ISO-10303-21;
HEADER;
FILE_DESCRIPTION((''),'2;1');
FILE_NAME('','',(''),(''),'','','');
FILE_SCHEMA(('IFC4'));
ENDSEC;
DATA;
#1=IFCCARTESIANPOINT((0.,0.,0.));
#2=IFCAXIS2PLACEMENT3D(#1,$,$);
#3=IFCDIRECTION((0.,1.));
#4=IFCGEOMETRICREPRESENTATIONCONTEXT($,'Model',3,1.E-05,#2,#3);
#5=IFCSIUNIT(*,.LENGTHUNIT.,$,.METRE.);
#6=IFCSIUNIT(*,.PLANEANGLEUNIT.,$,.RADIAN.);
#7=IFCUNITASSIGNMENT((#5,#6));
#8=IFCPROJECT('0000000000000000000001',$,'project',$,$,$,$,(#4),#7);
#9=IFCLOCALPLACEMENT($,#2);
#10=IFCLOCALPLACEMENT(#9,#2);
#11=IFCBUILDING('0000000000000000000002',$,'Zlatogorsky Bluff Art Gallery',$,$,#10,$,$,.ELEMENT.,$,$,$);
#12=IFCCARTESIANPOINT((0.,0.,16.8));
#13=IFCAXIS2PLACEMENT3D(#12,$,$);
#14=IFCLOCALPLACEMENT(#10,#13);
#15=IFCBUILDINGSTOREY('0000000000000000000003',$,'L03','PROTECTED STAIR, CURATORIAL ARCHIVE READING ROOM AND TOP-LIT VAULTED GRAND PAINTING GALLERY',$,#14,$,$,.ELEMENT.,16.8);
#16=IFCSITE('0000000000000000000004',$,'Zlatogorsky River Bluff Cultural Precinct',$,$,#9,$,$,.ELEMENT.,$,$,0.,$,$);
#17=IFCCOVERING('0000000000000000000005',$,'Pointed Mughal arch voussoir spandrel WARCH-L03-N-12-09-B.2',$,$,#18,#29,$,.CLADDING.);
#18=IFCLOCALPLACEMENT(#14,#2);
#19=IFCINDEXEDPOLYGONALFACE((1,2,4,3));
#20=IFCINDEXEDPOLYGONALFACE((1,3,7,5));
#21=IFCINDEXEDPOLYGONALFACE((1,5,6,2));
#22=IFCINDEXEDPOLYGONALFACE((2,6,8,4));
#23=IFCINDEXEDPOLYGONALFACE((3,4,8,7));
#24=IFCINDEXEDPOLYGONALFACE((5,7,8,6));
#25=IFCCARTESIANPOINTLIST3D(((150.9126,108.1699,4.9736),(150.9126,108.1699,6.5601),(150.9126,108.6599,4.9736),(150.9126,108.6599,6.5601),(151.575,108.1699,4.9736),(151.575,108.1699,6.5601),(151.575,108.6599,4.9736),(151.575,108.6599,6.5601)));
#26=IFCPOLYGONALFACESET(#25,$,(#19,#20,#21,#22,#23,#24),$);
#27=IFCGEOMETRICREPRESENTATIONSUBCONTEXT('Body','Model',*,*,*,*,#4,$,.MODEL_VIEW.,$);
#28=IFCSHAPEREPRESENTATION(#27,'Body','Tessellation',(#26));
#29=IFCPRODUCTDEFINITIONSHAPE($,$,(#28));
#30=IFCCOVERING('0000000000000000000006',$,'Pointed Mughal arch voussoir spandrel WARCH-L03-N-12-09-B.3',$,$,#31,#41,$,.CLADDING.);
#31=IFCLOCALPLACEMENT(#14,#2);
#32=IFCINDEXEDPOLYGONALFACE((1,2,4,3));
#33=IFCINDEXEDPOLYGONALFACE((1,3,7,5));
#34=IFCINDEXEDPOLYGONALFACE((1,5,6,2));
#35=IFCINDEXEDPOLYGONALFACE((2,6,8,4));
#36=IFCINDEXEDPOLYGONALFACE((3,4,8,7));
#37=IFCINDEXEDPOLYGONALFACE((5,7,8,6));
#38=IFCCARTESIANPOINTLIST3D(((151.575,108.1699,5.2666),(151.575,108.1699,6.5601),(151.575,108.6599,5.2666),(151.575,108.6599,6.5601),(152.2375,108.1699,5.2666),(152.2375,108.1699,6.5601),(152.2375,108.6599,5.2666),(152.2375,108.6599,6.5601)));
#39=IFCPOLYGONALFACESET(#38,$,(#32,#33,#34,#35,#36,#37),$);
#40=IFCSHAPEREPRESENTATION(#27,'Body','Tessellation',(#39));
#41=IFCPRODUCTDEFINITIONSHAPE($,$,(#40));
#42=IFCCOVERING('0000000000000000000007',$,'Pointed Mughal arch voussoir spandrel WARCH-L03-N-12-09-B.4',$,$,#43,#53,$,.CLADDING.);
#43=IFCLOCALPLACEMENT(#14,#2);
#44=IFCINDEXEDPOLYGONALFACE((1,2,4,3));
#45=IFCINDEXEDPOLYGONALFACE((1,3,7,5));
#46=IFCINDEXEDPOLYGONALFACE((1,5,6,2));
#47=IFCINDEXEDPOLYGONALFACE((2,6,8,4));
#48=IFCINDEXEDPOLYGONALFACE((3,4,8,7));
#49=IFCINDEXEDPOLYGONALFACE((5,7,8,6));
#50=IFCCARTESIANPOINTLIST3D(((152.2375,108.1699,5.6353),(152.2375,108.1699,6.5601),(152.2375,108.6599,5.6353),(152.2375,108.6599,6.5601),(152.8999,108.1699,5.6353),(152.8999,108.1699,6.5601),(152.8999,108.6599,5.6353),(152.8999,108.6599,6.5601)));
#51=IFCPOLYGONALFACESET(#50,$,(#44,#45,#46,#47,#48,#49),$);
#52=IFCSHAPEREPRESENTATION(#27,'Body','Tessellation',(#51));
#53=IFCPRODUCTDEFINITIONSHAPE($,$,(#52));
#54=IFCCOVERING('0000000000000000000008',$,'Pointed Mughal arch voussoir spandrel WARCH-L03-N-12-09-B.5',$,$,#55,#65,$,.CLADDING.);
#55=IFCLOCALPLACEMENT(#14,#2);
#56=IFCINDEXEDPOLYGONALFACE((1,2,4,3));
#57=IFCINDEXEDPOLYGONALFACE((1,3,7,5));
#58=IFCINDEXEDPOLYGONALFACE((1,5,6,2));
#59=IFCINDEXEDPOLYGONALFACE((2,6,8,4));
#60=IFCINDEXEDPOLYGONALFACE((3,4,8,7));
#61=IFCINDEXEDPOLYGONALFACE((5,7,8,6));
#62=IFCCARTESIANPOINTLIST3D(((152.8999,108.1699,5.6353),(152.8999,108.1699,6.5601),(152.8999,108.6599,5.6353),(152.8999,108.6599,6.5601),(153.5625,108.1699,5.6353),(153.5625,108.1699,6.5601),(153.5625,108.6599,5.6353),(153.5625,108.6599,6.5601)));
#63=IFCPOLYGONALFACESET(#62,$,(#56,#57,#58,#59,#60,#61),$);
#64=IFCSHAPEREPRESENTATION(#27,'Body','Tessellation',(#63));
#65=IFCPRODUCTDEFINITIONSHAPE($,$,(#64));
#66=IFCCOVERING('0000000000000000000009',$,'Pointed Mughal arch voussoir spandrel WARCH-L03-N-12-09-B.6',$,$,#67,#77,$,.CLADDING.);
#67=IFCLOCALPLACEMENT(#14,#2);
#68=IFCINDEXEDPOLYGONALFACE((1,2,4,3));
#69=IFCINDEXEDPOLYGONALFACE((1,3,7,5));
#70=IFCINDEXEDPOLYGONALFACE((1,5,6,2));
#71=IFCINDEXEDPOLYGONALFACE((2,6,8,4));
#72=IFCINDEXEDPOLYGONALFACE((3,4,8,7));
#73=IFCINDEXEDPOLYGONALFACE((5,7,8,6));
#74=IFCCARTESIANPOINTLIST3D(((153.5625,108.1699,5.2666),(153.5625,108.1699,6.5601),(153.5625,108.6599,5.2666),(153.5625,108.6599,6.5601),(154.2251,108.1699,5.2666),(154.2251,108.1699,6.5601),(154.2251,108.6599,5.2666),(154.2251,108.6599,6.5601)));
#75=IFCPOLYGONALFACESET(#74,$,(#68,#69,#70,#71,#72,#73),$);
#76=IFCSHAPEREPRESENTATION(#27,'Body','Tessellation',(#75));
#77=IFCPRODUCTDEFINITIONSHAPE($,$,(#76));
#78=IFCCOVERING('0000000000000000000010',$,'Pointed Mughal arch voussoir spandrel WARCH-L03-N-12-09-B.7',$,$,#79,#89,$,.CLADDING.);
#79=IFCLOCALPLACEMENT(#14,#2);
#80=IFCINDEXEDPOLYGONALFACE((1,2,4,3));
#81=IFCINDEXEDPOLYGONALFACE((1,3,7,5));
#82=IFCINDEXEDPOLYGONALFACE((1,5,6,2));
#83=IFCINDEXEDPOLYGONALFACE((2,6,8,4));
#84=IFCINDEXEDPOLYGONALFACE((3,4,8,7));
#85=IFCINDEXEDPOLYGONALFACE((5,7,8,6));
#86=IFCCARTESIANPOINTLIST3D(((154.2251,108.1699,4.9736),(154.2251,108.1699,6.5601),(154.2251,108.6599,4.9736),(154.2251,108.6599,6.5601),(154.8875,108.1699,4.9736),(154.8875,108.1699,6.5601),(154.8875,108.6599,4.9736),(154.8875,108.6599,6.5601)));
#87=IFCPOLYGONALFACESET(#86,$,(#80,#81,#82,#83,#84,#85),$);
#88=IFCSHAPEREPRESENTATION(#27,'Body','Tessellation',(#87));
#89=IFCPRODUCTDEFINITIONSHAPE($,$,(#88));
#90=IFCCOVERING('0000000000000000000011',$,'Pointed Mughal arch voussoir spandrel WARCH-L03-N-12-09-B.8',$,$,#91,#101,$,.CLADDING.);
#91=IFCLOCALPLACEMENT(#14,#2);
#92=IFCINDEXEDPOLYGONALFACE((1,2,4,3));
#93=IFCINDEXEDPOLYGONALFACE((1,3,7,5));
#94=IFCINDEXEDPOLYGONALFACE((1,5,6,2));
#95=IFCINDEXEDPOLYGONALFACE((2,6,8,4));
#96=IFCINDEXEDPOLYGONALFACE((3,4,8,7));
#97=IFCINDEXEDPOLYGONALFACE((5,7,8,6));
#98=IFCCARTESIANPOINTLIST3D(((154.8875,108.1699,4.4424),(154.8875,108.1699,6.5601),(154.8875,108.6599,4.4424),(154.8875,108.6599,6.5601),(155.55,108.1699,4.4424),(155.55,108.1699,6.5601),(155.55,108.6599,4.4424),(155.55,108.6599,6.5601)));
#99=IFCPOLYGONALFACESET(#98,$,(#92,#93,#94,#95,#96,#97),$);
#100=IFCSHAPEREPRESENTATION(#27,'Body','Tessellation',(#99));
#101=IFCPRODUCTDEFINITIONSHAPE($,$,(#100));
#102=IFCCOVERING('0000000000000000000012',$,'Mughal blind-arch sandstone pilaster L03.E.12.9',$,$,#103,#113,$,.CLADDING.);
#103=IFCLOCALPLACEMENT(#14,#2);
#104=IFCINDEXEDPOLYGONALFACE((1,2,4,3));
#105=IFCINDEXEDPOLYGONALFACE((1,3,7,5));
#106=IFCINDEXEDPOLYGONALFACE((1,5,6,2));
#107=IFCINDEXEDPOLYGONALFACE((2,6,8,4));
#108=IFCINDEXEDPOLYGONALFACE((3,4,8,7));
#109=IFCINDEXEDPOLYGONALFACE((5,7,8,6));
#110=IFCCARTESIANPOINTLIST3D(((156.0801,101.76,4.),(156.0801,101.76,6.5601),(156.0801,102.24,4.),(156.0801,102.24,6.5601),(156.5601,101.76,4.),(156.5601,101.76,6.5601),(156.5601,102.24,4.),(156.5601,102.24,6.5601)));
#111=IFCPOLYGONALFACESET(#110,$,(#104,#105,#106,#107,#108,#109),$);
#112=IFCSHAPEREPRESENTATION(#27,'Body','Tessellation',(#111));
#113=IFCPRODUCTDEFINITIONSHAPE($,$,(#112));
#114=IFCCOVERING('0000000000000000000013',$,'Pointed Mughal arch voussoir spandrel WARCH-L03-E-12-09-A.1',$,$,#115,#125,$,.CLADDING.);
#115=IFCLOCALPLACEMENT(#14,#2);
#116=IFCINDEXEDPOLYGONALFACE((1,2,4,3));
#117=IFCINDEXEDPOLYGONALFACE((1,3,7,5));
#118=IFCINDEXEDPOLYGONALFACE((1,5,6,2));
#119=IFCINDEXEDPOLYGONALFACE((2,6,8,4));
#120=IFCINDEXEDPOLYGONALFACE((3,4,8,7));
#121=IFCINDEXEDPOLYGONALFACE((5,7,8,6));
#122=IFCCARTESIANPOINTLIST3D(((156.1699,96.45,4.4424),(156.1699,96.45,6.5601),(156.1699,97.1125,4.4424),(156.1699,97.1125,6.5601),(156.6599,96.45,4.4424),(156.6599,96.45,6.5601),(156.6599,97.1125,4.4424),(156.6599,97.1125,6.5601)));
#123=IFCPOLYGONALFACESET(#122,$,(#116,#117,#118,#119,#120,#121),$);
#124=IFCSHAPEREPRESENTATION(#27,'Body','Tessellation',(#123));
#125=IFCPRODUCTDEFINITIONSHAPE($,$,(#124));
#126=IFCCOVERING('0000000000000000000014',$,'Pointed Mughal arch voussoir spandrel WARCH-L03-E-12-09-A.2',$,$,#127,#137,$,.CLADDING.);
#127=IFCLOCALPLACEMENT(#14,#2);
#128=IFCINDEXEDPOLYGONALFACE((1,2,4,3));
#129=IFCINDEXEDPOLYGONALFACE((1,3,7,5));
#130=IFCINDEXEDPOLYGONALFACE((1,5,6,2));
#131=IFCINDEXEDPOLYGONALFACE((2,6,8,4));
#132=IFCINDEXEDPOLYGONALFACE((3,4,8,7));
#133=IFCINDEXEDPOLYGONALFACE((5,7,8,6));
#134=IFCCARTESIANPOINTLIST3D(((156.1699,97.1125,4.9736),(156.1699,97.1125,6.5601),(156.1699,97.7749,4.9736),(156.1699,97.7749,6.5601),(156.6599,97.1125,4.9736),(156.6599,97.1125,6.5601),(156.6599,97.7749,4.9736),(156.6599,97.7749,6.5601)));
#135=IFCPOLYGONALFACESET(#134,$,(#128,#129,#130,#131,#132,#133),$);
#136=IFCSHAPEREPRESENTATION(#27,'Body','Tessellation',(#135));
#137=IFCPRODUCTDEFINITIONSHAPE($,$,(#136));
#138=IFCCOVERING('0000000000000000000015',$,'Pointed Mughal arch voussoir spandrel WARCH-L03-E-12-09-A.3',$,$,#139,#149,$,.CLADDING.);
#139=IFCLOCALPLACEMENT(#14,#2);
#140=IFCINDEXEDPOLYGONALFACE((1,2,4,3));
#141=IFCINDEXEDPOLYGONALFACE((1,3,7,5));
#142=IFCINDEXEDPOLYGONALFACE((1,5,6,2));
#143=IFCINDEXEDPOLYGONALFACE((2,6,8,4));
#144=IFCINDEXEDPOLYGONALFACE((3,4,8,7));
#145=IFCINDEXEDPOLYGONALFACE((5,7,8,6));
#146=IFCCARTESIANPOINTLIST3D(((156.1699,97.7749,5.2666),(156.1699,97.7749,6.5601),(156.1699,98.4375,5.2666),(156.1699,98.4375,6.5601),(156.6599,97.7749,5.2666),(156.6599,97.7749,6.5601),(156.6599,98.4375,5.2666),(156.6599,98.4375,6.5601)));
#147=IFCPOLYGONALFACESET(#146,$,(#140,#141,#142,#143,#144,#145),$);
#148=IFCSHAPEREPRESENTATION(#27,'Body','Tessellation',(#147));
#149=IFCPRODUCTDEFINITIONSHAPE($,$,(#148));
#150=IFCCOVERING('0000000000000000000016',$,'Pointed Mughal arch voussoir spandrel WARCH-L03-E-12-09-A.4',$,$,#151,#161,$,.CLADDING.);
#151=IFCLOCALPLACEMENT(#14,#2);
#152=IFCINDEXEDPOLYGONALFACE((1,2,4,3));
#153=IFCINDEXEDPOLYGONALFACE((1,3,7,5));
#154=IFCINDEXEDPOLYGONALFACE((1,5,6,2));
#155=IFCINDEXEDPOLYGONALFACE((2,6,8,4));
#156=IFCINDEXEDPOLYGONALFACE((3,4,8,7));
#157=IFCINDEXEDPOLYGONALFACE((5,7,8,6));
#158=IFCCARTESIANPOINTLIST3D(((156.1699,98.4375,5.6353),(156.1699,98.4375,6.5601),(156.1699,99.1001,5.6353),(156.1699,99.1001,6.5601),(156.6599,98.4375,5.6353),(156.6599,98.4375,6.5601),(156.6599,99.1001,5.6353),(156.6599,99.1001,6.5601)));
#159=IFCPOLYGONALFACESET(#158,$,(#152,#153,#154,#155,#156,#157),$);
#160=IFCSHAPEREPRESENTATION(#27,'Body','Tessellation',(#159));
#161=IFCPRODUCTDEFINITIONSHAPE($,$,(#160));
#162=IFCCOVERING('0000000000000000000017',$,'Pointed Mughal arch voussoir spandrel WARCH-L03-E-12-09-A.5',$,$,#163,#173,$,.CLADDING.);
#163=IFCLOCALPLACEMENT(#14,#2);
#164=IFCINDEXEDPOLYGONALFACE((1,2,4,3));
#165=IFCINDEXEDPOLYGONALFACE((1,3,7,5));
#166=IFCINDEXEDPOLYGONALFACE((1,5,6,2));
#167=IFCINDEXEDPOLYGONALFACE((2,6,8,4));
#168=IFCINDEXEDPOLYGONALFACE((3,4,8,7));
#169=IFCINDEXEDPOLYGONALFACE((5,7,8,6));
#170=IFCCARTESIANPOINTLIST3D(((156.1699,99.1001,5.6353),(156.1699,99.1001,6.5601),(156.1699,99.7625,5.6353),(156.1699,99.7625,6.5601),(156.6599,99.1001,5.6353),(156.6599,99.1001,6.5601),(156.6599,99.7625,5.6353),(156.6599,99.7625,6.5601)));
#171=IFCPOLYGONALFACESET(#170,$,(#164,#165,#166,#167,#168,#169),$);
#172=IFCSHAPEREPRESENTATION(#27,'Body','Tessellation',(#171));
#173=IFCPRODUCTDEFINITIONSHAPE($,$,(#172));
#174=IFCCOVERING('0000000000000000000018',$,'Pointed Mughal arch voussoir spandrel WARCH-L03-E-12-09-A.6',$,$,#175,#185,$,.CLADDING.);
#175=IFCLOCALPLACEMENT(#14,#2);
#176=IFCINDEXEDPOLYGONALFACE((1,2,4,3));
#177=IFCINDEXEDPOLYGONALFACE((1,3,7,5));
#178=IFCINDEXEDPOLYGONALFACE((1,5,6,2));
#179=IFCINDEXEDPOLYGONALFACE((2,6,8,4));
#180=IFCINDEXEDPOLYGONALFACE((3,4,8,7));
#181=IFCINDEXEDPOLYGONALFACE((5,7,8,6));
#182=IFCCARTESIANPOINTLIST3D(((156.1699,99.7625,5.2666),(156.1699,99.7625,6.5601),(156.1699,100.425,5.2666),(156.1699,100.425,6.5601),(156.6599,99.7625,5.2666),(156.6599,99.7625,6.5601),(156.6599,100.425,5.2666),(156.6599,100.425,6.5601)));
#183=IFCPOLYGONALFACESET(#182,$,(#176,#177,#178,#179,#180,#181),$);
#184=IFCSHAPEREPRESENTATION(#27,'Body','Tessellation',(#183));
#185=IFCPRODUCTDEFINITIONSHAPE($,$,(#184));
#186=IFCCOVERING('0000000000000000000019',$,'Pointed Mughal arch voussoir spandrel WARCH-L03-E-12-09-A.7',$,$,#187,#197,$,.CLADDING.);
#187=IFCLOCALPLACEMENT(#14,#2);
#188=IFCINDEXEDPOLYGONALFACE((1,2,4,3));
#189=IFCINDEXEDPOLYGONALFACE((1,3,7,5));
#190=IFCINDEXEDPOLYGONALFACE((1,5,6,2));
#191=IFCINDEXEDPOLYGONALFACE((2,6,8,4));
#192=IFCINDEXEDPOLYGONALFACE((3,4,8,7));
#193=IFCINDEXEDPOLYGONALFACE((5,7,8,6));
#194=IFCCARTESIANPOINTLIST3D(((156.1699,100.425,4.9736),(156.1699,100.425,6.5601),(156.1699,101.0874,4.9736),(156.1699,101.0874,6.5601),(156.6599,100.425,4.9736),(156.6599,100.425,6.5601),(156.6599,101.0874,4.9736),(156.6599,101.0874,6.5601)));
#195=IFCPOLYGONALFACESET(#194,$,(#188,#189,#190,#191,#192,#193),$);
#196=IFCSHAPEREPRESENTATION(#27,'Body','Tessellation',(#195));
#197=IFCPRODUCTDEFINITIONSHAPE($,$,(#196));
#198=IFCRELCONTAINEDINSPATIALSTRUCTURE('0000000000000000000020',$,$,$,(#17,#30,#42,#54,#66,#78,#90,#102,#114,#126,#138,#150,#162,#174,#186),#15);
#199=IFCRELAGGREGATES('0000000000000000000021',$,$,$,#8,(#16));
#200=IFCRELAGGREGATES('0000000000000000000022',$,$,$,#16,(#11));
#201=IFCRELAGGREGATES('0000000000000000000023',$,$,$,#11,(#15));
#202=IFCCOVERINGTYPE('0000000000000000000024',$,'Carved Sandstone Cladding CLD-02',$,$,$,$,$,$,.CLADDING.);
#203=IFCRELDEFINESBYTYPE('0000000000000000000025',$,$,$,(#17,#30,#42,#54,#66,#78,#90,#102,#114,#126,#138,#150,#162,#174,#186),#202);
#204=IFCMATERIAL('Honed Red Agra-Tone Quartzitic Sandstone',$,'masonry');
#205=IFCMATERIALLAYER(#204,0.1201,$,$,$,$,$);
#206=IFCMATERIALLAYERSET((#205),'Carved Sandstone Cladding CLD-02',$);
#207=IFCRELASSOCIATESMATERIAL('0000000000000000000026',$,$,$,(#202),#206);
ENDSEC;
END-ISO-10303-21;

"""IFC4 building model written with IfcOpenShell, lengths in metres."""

from ifc_helpers import new_model, si_unit, direction, frame, origin, place, context, subcontext, project, spatial, polyline, outline, extrude, material, layer, layer_set, type_object, element, save


model = new_model("IFC4")

# Units and contexts
model_context = context("Model", 3, precision=1e-05, world=origin(), true_north=direction((0.0, 1.0)))
body_context = subcontext(model_context, "Body", "Model", "MODEL_VIEW")
ifc_project = project(units=[si_unit("LENGTHUNIT", "METRE"), si_unit("PLANEANGLEUNIT", "RADIAN")], contexts=[model_context])

# Site, building, storey
site_placement = place(None, origin())
site = spatial("IfcSite", under=ifc_project, at=site_placement, Name="Zlatogorsky River Bluff Cultural Precinct", CompositionType="ELEMENT", RefElevation=0.0)
building_placement = place(site_placement, origin())
building = spatial("IfcBuilding", under=site, at=building_placement, Name="Zlatogorsky Bluff Art Gallery", CompositionType="ELEMENT")
storey_placement = place(building_placement, frame((0.0, 0.0, 16.8)))
storey = spatial("IfcBuildingStorey", under=building, at=storey_placement, Name="L03", Description="PROTECTED STAIR, CURATORIAL ARCHIVE READING ROOM AND TOP-LIT VAULTED GRAND PAINTING GALLERY", CompositionType="ELEMENT", Elevation=16.8)

# Coverings
ifc_material = material(Name="Honed Red Agra-Tone Quartzitic Sandstone", Category="masonry")
ifc_layer = layer(ifc_material, 0.1201)
ifc_layer_set = layer_set([ifc_layer], Name="Carved Sandstone Cladding CLD-02")
covering_type = type_object("IfcCoveringType", Name="Carved Sandstone Cladding CLD-02", PredefinedType="CLADDING", material=ifc_layer_set)
covering_1_placement = place(storey_placement, frame((0.0, 0.0, 4.9736)))
element("IfcCovering", 1, at=covering_1_placement, inside=storey, type_object=covering_type, Name="Pointed Mughal arch voussoir spandrel WARCH-L03-N-12-09-B.2", PredefinedType="CLADDING", context=body_context, shape_type="SweptSolid", body=[
    extrude(outline(polyline([(150.9126, 108.1699), (151.575, 108.1699), (151.575, 108.6599), (150.9126, 108.6599), (150.9126, 108.1699)])), origin(), (0.0, 0.0, 1.0), 1.5864),
])
covering_2_placement = place(storey_placement, frame((0.0, 0.0, 5.2666)))
element("IfcCovering", 2, at=covering_2_placement, inside=storey, type_object=covering_type, Name="Pointed Mughal arch voussoir spandrel WARCH-L03-N-12-09-B.3", PredefinedType="CLADDING", context=body_context, shape_type="SweptSolid", body=[
    extrude(outline(polyline([(151.575, 108.1699), (152.2375, 108.1699), (152.2375, 108.6599), (151.575, 108.6599), (151.575, 108.1699)])), origin(), (0.0, 0.0, 1.0), 1.2935),
])
covering_3_placement = place(storey_placement, frame((0.0, 0.0, 5.6353)))
element("IfcCovering", 3, at=covering_3_placement, inside=storey, type_object=covering_type, Name="Pointed Mughal arch voussoir spandrel WARCH-L03-N-12-09-B.4", PredefinedType="CLADDING", context=body_context, shape_type="SweptSolid", body=[
    extrude(outline(polyline([(152.2375, 108.1699), (152.8999, 108.1699), (152.8999, 108.6599), (152.2375, 108.6599), (152.2375, 108.1699)])), origin(), (0.0, 0.0, 1.0), 0.9248),
])
covering_4_placement = place(storey_placement, frame((0.0, 0.0, 5.6353)))
element("IfcCovering", 4, at=covering_4_placement, inside=storey, type_object=covering_type, Name="Pointed Mughal arch voussoir spandrel WARCH-L03-N-12-09-B.5", PredefinedType="CLADDING", context=body_context, shape_type="SweptSolid", body=[
    extrude(outline(polyline([(152.8999, 108.1699), (153.5625, 108.1699), (153.5625, 108.6599), (152.8999, 108.6599), (152.8999, 108.1699)])), origin(), (0.0, 0.0, 1.0), 0.9248),
])
covering_5_placement = place(storey_placement, frame((0.0, 0.0, 5.2666)))
element("IfcCovering", 5, at=covering_5_placement, inside=storey, type_object=covering_type, Name="Pointed Mughal arch voussoir spandrel WARCH-L03-N-12-09-B.6", PredefinedType="CLADDING", context=body_context, shape_type="SweptSolid", body=[
    extrude(outline(polyline([(153.5625, 108.1699), (154.2251, 108.1699), (154.2251, 108.6599), (153.5625, 108.6599), (153.5625, 108.1699)])), origin(), (0.0, 0.0, 1.0), 1.2935),
])
covering_6_placement = place(storey_placement, frame((0.0, 0.0, 4.9736)))
element("IfcCovering", 6, at=covering_6_placement, inside=storey, type_object=covering_type, Name="Pointed Mughal arch voussoir spandrel WARCH-L03-N-12-09-B.7", PredefinedType="CLADDING", context=body_context, shape_type="SweptSolid", body=[
    extrude(outline(polyline([(154.2251, 108.1699), (154.8875, 108.1699), (154.8875, 108.6599), (154.2251, 108.6599), (154.2251, 108.1699)])), origin(), (0.0, 0.0, 1.0), 1.5864),
])
covering_7_placement = place(storey_placement, frame((0.0, 0.0, 4.4424)))
element("IfcCovering", 7, at=covering_7_placement, inside=storey, type_object=covering_type, Name="Pointed Mughal arch voussoir spandrel WARCH-L03-N-12-09-B.8", PredefinedType="CLADDING", context=body_context, shape_type="SweptSolid", body=[
    extrude(outline(polyline([(154.8875, 108.1699), (155.55, 108.1699), (155.55, 108.6599), (154.8875, 108.6599), (154.8875, 108.1699)])), origin(), (0.0, 0.0, 1.0), 2.1177),
])
covering_8_placement = place(storey_placement, frame((0.0, 0.0, 4.0)))
element("IfcCovering", 8, at=covering_8_placement, inside=storey, type_object=covering_type, Name="Mughal blind-arch sandstone pilaster L03.E.12.9", PredefinedType="CLADDING", context=body_context, shape_type="SweptSolid", body=[
    extrude(outline(polyline([(156.0801, 101.76), (156.5601, 101.76), (156.5601, 102.24), (156.0801, 102.24), (156.0801, 101.76)])), origin(), (0.0, 0.0, 1.0), 2.5601),
])
covering_9_placement = place(storey_placement, frame((0.0, 0.0, 4.4424)))
element("IfcCovering", 9, at=covering_9_placement, inside=storey, type_object=covering_type, Name="Pointed Mughal arch voussoir spandrel WARCH-L03-E-12-09-A.1", PredefinedType="CLADDING", context=body_context, shape_type="SweptSolid", body=[
    extrude(outline(polyline([(156.1699, 96.45), (156.1699, 97.1125), (156.6599, 97.1125), (156.6599, 96.45), (156.1699, 96.45)])), origin(), (0.0, 0.0, 1.0), 2.1177),
])
covering_10_placement = place(storey_placement, frame((0.0, 0.0, 4.9736)))
element("IfcCovering", 10, at=covering_10_placement, inside=storey, type_object=covering_type, Name="Pointed Mughal arch voussoir spandrel WARCH-L03-E-12-09-A.2", PredefinedType="CLADDING", context=body_context, shape_type="SweptSolid", body=[
    extrude(outline(polyline([(156.1699, 97.1125), (156.1699, 97.7749), (156.6599, 97.7749), (156.6599, 97.1125), (156.1699, 97.1125)])), origin(), (0.0, 0.0, 1.0), 1.5864),
])
covering_11_placement = place(storey_placement, frame((0.0, 0.0, 5.2666)))
element("IfcCovering", 11, at=covering_11_placement, inside=storey, type_object=covering_type, Name="Pointed Mughal arch voussoir spandrel WARCH-L03-E-12-09-A.3", PredefinedType="CLADDING", context=body_context, shape_type="SweptSolid", body=[
    extrude(outline(polyline([(156.1699, 97.7749), (156.1699, 98.4375), (156.6599, 98.4375), (156.6599, 97.7749), (156.1699, 97.7749)])), origin(), (0.0, 0.0, 1.0), 1.2935),
])
covering_12_placement = place(storey_placement, frame((0.0, 0.0, 5.6353)))
element("IfcCovering", 12, at=covering_12_placement, inside=storey, type_object=covering_type, Name="Pointed Mughal arch voussoir spandrel WARCH-L03-E-12-09-A.4", PredefinedType="CLADDING", context=body_context, shape_type="SweptSolid", body=[
    extrude(outline(polyline([(156.1699, 98.4375), (156.1699, 99.1001), (156.6599, 99.1001), (156.6599, 98.4375), (156.1699, 98.4375)])), origin(), (0.0, 0.0, 1.0), 0.9248),
])
covering_13_placement = place(storey_placement, frame((0.0, 0.0, 5.6353)))
element("IfcCovering", 13, at=covering_13_placement, inside=storey, type_object=covering_type, Name="Pointed Mughal arch voussoir spandrel WARCH-L03-E-12-09-A.5", PredefinedType="CLADDING", context=body_context, shape_type="SweptSolid", body=[
    extrude(outline(polyline([(156.1699, 99.1001), (156.1699, 99.7625), (156.6599, 99.7625), (156.6599, 99.1001), (156.1699, 99.1001)])), origin(), (0.0, 0.0, 1.0), 0.9248),
])
covering_14_placement = place(storey_placement, frame((0.0, 0.0, 5.2666)))
element("IfcCovering", 14, at=covering_14_placement, inside=storey, type_object=covering_type, Name="Pointed Mughal arch voussoir spandrel WARCH-L03-E-12-09-A.6", PredefinedType="CLADDING", context=body_context, shape_type="SweptSolid", body=[
    extrude(outline(polyline([(156.1699, 99.7625), (156.1699, 100.425), (156.6599, 100.425), (156.6599, 99.7625), (156.1699, 99.7625)])), origin(), (0.0, 0.0, 1.0), 1.2935),
])
covering_15_placement = place(storey_placement, frame((0.0, 0.0, 4.9736)))
element("IfcCovering", 15, at=covering_15_placement, inside=storey, type_object=covering_type, Name="Pointed Mughal arch voussoir spandrel WARCH-L03-E-12-09-A.7", PredefinedType="CLADDING", context=body_context, shape_type="SweptSolid", body=[
    extrude(outline(polyline([(156.1699, 100.425), (156.1699, 101.0874), (156.6599, 101.0874), (156.6599, 100.425), (156.1699, 100.425)])), origin(), (0.0, 0.0, 1.0), 1.5864),
])

save(model, "model.ifc")
